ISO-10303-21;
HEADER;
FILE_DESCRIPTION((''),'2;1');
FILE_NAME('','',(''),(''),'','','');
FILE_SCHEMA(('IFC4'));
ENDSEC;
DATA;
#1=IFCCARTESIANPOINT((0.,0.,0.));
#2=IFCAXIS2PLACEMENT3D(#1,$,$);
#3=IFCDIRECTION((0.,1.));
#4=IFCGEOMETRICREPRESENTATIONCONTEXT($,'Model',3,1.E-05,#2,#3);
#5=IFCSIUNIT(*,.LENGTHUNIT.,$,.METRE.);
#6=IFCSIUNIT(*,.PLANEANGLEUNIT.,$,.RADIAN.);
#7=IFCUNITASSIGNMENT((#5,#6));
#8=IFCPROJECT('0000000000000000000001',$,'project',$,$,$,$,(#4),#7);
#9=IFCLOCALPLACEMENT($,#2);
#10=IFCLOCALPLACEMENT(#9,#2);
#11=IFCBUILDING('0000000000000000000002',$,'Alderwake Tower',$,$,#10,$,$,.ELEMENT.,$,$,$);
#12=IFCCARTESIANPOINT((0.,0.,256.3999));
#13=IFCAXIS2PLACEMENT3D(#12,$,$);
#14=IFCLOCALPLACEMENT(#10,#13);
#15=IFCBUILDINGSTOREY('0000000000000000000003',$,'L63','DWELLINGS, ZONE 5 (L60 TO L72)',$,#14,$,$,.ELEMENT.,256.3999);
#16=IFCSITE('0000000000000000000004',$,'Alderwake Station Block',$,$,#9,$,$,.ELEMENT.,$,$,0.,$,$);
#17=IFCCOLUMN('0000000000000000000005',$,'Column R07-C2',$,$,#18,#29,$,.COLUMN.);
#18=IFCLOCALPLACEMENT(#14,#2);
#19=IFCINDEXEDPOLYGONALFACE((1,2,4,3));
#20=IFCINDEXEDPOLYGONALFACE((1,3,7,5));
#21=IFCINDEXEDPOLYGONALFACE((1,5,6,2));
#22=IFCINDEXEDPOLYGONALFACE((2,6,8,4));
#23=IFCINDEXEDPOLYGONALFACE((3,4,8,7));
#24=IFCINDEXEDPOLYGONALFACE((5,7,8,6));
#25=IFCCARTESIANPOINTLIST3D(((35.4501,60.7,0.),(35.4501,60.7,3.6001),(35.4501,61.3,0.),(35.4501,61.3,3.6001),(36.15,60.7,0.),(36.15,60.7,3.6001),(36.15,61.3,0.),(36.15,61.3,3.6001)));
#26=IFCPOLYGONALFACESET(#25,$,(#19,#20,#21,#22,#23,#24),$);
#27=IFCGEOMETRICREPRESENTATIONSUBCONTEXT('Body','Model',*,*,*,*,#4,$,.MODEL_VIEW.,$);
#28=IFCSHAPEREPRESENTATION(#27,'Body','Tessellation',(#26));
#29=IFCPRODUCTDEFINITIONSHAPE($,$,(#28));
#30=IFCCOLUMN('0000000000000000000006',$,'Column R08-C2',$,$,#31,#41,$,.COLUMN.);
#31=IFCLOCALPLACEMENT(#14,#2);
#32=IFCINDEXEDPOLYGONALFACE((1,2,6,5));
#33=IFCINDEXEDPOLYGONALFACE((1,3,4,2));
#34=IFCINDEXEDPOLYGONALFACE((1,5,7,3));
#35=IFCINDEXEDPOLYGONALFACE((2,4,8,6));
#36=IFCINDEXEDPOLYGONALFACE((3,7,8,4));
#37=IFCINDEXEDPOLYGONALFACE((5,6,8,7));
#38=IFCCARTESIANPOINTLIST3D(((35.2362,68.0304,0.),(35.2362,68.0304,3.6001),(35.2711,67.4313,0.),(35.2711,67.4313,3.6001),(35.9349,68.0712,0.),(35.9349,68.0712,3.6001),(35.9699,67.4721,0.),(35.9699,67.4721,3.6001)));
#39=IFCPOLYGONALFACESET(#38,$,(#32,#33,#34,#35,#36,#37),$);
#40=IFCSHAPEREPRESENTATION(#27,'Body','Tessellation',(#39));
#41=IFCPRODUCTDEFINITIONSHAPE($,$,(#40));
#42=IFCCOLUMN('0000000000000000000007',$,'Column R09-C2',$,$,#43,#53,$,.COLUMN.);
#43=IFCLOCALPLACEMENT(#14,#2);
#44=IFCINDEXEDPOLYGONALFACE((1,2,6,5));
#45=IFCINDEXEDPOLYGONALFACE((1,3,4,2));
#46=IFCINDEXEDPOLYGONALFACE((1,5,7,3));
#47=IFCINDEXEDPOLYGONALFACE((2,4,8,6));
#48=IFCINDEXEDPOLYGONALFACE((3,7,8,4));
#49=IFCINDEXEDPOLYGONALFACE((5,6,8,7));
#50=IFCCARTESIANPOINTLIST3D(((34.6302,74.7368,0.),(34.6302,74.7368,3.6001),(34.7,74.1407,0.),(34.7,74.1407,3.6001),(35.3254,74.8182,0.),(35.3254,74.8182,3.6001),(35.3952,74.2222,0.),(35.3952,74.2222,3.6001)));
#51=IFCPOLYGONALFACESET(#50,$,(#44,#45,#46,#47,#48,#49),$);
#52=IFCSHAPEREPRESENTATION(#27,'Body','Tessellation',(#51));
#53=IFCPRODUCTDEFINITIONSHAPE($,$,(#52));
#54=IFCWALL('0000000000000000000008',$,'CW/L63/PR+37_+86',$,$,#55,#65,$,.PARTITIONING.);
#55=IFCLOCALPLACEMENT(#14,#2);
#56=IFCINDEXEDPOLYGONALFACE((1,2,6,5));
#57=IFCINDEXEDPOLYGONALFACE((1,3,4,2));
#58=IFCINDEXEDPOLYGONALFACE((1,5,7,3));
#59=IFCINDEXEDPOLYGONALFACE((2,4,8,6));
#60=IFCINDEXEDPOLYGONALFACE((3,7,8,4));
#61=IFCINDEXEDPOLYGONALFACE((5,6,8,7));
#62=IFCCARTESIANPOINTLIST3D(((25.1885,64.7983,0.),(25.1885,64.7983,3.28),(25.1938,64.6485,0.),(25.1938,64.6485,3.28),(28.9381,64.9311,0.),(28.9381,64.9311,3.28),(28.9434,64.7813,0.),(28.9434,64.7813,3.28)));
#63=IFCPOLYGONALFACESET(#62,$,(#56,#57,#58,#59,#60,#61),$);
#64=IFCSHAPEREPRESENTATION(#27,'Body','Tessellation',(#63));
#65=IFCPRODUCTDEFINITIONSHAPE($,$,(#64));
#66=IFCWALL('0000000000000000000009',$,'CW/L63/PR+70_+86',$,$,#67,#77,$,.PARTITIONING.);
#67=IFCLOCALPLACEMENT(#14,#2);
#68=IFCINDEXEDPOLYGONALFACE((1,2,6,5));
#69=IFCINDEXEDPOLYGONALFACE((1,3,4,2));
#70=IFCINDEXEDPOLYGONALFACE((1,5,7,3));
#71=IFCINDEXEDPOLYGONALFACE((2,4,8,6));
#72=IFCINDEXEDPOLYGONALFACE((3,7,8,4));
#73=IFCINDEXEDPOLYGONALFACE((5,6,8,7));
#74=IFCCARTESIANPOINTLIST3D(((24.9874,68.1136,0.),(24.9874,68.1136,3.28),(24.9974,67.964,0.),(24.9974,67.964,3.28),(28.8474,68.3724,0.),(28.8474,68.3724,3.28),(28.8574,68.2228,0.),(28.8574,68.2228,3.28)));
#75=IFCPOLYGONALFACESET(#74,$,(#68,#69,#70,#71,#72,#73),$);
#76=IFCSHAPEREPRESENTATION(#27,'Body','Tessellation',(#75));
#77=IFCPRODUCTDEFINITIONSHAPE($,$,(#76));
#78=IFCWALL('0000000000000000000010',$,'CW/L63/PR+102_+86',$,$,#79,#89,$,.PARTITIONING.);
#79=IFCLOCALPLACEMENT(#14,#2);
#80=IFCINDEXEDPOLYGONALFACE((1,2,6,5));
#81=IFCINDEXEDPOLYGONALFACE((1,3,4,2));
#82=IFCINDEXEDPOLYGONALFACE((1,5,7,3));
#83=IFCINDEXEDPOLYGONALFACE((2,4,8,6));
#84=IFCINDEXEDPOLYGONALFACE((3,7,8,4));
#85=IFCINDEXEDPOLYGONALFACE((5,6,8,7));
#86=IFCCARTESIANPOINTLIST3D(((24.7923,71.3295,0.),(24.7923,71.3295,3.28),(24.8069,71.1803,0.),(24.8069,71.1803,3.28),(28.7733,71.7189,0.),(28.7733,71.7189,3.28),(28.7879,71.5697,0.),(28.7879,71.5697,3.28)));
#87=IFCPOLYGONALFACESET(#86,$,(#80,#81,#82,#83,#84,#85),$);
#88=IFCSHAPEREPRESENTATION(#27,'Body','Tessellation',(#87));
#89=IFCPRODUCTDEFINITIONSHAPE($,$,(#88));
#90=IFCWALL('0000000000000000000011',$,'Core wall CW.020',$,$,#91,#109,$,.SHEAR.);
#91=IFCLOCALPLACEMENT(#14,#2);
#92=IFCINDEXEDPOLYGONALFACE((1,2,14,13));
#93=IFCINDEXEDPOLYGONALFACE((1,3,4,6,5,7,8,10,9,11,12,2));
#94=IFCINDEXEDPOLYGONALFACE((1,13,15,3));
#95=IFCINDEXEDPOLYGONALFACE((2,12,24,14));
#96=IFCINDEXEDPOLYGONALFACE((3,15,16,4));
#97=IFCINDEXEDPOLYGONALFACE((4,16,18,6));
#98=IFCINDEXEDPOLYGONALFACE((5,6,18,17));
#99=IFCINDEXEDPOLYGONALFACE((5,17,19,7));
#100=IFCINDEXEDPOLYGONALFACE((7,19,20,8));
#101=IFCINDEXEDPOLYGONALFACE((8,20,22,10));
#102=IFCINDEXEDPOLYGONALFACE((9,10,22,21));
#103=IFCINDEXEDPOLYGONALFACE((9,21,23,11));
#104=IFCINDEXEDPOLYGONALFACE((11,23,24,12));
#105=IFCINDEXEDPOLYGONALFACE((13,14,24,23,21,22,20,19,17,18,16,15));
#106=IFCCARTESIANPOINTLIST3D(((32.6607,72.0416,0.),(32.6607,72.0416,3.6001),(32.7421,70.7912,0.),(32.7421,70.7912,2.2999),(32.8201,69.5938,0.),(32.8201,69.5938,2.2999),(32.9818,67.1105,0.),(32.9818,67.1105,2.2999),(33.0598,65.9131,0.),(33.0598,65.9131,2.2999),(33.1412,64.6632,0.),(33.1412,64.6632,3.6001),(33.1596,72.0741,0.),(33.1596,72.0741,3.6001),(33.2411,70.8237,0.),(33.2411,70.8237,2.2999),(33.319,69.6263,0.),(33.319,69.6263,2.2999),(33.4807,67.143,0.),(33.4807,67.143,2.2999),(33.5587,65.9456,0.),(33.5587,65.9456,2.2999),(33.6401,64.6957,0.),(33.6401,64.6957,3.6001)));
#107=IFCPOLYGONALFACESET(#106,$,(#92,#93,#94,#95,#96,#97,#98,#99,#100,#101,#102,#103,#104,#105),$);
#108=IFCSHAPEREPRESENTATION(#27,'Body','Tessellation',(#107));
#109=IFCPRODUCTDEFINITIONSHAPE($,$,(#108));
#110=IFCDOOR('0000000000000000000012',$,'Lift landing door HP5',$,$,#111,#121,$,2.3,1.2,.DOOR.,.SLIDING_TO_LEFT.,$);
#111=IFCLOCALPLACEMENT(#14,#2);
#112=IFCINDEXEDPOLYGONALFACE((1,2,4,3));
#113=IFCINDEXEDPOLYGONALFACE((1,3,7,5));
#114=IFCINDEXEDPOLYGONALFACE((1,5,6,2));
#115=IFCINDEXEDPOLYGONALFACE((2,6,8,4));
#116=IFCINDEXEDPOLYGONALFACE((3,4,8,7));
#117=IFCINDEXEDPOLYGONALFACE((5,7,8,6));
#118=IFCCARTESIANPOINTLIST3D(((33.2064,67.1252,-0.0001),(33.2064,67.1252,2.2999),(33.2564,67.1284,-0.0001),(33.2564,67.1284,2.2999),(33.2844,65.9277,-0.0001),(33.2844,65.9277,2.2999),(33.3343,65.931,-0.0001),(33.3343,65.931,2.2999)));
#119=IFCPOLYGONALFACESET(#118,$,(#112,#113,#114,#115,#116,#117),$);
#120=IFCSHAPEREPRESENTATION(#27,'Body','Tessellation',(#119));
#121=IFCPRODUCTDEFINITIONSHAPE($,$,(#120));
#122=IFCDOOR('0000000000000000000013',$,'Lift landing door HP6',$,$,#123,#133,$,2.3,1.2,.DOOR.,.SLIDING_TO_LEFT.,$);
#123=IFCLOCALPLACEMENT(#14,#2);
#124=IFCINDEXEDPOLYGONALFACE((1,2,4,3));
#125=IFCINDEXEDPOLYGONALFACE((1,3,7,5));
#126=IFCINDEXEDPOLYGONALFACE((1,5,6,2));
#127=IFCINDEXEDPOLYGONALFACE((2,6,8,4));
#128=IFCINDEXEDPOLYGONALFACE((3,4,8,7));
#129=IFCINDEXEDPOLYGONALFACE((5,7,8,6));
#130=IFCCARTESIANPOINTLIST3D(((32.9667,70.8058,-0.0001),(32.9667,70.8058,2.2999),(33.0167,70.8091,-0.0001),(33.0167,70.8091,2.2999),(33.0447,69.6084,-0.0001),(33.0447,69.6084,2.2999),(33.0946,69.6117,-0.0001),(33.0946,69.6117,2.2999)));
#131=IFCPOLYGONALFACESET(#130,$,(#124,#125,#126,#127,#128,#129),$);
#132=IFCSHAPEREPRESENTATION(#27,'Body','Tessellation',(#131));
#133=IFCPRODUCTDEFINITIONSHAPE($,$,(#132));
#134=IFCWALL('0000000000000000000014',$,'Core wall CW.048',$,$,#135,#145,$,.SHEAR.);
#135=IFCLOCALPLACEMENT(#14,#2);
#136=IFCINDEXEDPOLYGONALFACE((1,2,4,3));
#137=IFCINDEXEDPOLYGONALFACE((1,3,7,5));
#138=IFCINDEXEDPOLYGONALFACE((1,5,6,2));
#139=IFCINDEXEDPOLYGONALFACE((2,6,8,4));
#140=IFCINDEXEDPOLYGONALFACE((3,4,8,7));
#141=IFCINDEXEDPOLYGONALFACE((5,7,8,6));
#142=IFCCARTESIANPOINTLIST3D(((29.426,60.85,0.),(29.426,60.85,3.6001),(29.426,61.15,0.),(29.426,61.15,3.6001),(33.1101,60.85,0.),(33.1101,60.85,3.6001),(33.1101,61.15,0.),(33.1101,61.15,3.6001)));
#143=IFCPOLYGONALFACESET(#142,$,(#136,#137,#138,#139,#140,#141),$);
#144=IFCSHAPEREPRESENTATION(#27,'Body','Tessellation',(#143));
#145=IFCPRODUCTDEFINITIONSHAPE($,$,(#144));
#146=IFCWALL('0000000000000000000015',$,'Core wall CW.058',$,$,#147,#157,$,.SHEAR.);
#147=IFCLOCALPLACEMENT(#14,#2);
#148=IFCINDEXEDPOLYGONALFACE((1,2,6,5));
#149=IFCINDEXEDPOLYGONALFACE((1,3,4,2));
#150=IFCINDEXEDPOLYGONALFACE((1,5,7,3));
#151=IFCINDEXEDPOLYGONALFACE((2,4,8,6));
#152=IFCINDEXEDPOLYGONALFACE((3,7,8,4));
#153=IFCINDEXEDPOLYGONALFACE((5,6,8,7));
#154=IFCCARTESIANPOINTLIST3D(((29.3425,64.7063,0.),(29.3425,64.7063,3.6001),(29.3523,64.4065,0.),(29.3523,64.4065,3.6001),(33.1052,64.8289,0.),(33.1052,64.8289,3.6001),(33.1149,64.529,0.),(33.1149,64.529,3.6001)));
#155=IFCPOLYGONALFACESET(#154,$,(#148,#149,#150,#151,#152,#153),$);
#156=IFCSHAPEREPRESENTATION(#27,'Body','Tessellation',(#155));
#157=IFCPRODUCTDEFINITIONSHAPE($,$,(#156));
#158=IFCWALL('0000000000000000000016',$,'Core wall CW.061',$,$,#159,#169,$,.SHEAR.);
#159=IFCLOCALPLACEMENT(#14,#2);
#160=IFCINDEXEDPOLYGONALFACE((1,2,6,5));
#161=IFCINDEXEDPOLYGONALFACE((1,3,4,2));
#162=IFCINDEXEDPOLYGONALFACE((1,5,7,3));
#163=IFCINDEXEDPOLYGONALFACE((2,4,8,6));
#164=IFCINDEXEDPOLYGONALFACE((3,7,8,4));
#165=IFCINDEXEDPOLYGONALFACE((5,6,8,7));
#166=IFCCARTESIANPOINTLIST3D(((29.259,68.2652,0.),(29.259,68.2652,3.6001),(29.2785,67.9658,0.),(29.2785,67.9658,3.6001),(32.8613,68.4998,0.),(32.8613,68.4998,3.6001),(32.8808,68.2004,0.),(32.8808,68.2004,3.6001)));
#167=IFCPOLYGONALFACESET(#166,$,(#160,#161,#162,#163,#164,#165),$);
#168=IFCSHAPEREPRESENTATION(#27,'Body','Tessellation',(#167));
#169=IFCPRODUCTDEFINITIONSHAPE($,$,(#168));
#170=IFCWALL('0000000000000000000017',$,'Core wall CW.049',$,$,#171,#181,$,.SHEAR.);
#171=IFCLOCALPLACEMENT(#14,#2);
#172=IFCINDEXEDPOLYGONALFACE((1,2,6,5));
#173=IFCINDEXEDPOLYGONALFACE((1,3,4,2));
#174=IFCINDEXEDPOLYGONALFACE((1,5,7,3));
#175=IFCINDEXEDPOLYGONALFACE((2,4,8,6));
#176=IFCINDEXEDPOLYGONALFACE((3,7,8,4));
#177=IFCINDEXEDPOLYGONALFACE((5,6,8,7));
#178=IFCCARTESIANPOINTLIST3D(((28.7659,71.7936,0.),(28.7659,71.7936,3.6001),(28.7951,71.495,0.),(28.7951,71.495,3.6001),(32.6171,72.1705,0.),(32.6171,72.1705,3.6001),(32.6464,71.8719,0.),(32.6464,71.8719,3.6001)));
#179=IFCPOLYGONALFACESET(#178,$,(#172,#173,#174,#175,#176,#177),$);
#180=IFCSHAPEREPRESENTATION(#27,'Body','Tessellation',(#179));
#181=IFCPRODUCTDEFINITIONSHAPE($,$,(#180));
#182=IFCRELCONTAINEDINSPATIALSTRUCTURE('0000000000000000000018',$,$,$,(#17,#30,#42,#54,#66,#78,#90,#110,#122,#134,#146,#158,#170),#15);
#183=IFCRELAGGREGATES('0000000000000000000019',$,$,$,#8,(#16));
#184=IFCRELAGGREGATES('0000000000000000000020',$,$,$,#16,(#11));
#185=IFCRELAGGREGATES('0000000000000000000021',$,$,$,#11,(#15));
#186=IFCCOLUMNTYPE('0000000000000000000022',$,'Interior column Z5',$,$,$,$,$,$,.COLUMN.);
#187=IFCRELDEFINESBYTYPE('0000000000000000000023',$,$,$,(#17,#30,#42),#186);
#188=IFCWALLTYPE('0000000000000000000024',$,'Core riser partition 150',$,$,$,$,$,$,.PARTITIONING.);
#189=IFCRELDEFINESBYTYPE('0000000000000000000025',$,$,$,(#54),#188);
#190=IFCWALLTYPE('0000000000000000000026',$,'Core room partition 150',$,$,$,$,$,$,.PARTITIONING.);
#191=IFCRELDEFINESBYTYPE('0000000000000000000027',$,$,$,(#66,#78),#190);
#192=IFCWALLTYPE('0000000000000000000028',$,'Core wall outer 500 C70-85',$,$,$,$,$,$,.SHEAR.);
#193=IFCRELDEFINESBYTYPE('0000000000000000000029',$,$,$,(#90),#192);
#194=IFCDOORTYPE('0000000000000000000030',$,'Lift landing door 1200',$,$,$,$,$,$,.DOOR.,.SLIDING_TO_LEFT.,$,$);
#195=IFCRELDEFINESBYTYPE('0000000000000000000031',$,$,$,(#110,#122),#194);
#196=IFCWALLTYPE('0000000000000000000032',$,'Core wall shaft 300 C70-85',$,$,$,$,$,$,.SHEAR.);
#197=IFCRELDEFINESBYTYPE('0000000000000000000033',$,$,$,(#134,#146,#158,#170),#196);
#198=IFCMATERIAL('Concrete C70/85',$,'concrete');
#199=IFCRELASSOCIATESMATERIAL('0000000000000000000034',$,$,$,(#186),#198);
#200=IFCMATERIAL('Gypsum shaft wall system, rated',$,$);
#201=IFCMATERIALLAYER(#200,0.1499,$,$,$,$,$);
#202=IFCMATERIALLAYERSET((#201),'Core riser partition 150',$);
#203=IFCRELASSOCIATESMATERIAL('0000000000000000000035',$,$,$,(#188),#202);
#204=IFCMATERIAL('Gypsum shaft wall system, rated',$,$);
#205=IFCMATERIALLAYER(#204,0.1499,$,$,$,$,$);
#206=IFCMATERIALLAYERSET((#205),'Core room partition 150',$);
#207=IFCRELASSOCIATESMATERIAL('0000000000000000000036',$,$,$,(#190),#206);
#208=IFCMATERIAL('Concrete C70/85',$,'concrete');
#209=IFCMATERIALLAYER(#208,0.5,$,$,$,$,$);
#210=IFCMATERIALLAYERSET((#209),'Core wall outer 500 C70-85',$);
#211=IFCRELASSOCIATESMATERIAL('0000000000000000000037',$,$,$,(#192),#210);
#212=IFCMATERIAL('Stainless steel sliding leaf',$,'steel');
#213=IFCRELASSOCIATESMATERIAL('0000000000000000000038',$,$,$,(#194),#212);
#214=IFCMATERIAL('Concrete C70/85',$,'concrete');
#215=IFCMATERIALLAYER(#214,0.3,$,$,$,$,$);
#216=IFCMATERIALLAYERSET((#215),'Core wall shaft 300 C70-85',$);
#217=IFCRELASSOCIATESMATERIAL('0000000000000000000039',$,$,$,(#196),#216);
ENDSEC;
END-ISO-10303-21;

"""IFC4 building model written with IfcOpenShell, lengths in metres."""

from ifc_helpers import new_model, si_unit, direction, frame, frame_2d, origin, origin_2d, place, context, subcontext, project, spatial, rectangle, extrude, material, layer, layer_set, material_profile, profile_set, type_object, element, fill, save


model = new_model("IFC4")

# Units and contexts
model_context = context("Model", 3, precision=1e-05, world=origin(), true_north=direction((0.0, 1.0)))
body_context = subcontext(model_context, "Body", "Model", "MODEL_VIEW")
ifc_project = project(units=[si_unit("LENGTHUNIT", "METRE"), si_unit("PLANEANGLEUNIT", "RADIAN")], contexts=[model_context])

# Site, building, storey
site_placement = place(None, origin())
site = spatial("IfcSite", under=ifc_project, at=site_placement, Name="Alderwake Station Block", CompositionType="ELEMENT", RefElevation=0.0)
building_placement = place(site_placement, origin())
building = spatial("IfcBuilding", under=site, at=building_placement, Name="Alderwake Tower", CompositionType="ELEMENT")
storey_placement = place(building_placement, frame((0.0, 0.0, 256.3999)))
storey = spatial("IfcBuildingStorey", under=building, at=storey_placement, Name="L63", Description="DWELLINGS, ZONE 5 (L60 TO L72)", CompositionType="ELEMENT", Elevation=256.3999)

# Columns
ifc_material_1 = material(Name="Concrete C70/85", Category="concrete")
ifc_material_profile = material_profile(ifc_material_1, rectangle(XDim=0.6001, YDim=0.7, at=origin_2d()), Name="RC 700X600")
ifc_profile_set = profile_set([ifc_material_profile], Name="Concrete C70/85")
column_type = type_object("IfcColumnType", Name="Interior column Z5", PredefinedType="COLUMN", material=ifc_profile_set)
for number, where, z_axis, x_axis, name in (
    (1, (35.8, 61.0, 0.0), (0.0, 0.0, 1.0), (0.0, 1.0, 0.0), "Column R07-C2"),
    (2, (35.603, 67.7512, 0.0), (0.0, 0.0, 1.0), (-0.058301, 0.998299, 0.0), "Column R08-C2"),
    (3, (35.0127, 74.4795, 0.0), (0.0, 0.0, 1.0), (-0.116402, 0.993202, 0.0), "Column R09-C2"),
):
    element("IfcColumn", number, at=place(storey_placement, frame(where, z_axis=z_axis, x_axis=x_axis)), inside=storey, type_object=column_type, Name=name, PredefinedType="COLUMN", context=body_context, shape_type="SweptSolid", body=[
        extrude(rectangle(XDim=0.6001, YDim=0.7, at=origin_2d()), origin(), (0.0, 0.0, 1.0), 3.6001),
    ])

# Walls
ifc_material_2 = material(Name="Gypsum shaft wall system, rated")
ifc_layer_1 = layer(ifc_material_2, 0.1499)
ifc_layer_set_1 = layer_set([ifc_layer_1], Name="Core riser partition 150")
wall_type_1 = type_object("IfcWallType", Name="Core riser partition 150", PredefinedType="PARTITIONING", material=ifc_layer_set_1)
wall_1_placement = place(storey_placement, frame((25.1912, 64.7234, 0.0), z_axis=(0.0, 0.0, 1.0), x_axis=(0.999373, 0.035399, 0.0)))
element("IfcWall", 4, at=wall_1_placement, inside=storey, type_object=wall_type_1, Name="CW/L63/PR+37_+86", PredefinedType="PARTITIONING", context=body_context, shape_type="SweptSolid", body=[
    extrude(rectangle(XDim=3.752, YDim=0.1499, at=frame_2d((1.876, 0.0))), origin(), (0.0, 0.0, 1.0), 3.28),
])
ifc_material_3 = material(Name="Gypsum shaft wall system, rated")
ifc_layer_2 = layer(ifc_material_3, 0.1499)
ifc_layer_set_2 = layer_set([ifc_layer_2], Name="Core room partition 150")
wall_type_2 = type_object("IfcWallType", Name="Core room partition 150", PredefinedType="PARTITIONING", material=ifc_layer_set_2)
wall_2_placement = place(storey_placement, frame((24.9924, 68.0388, 0.0), z_axis=(0.0, 0.0, 1.0), x_axis=(0.99776, 0.066892, 0.0)))
element("IfcWall", 5, at=wall_2_placement, inside=storey, type_object=wall_type_2, Name="CW/L63/PR+70_+86", PredefinedType="PARTITIONING", context=body_context, shape_type="SweptSolid", body=[
    extrude(rectangle(XDim=3.8687, YDim=0.1499, at=frame_2d((1.9343, 0.0))), origin(), (0.0, 0.0, 1.0), 3.28),
])
wall_3_placement = place(storey_placement, frame((24.7996, 71.2549, 0.0), z_axis=(0.0, 0.0, 1.0), x_axis=(0.99525, 0.097352, 0.0)))
element("IfcWall", 6, at=wall_3_placement, inside=storey, type_object=wall_type_2, Name="CW/L63/PR+102_+86", PredefinedType="PARTITIONING", context=body_context, shape_type="SweptSolid", body=[
    extrude(rectangle(XDim=4.0, YDim=0.1499, at=frame_2d((2.0, 0.0))), origin(), (0.0, 0.0, 1.0), 3.28),
])

# Wall, openings, doors
ifc_material_4 = material(Name="Concrete C70/85", Category="concrete")
ifc_layer_3 = layer(ifc_material_4, 0.5)
ifc_layer_set_3 = layer_set([ifc_layer_3], Name="Core wall outer 500 C70-85")
wall_type_3 = type_object("IfcWallType", Name="Core wall outer 500 C70-85", PredefinedType="SHEAR", material=ifc_layer_set_3)
wall_4_placement = place(storey_placement, frame((33.3906, 64.6794, 0.0), z_axis=(0.0, 0.0, 1.0), x_axis=(-0.064981, 0.997887, 0.0)))
wall_4 = element("IfcWall", 7, at=wall_4_placement, inside=storey, type_object=wall_type_3, Name="Core wall CW.020", PredefinedType="SHEAR", context=body_context, shape_type="SweptSolid", body=[
    extrude(rectangle(XDim=7.394, YDim=0.5, at=frame_2d((3.697, 0.0))), origin(), (0.0, 0.0, 1.0), 3.6001),
])
opening_1_placement = place(wall_4_placement, frame((1.2524, 0.0, 0.0)))
opening_1 = element("IfcOpeningElement", 8, at=opening_1_placement, cuts=wall_4, PredefinedType="OPENING", context=body_context, shape_type="SweptSolid", body=[
    extrude(rectangle(XDim=1.2, YDim=2.3, at=frame_2d((0.6001, 1.1499))), frame((0.0, 0.26, 0.0), z_axis=(0.0, -1.0, 0.0), x_axis=(1.0, 0.0, 0.0)), (0.0, 0.0, 1.0), 0.52),
])
opening_2_placement = place(wall_4_placement, frame((4.9409, 0.0, 0.0)))
opening_2 = element("IfcOpeningElement", 9, at=opening_2_placement, cuts=wall_4, PredefinedType="OPENING", context=body_context, shape_type="SweptSolid", body=[
    extrude(rectangle(XDim=1.2, YDim=2.3, at=frame_2d((0.6001, 1.1499))), frame((0.0, 0.26, 0.0), z_axis=(0.0, -1.0, 0.0), x_axis=(1.0, 0.0, 0.0)), (0.0, 0.0, 1.0), 0.52),
])
ifc_material_5 = material(Name="Stainless steel sliding leaf", Category="steel")
door_type_1 = type_object("IfcDoorType", Name="Lift landing door 1200", OperationType="SLIDING_TO_LEFT", PredefinedType="DOOR", material=ifc_material_5)
door_1_placement = place(opening_1_placement, origin())
door_1 = element("IfcDoor", 10, at=door_1_placement, inside=storey, type_object=door_type_1, Name="Lift landing door HP5", OperationType="SLIDING_TO_LEFT", OverallHeight=2.3, OverallWidth=1.2, PredefinedType="DOOR", context=body_context, shape_type="SweptSolid", body=[
    extrude(rectangle(XDim=1.2, YDim=2.3, at=frame_2d((0.6001, 1.1499))), frame((0.0, 0.0249, 0.0), z_axis=(0.0, -1.0, 0.0), x_axis=(1.0, 0.0, 0.0)), (0.0, 0.0, 1.0), 0.05),
])
fill(opening_1, door_1)
door_2_placement = place(opening_2_placement, origin())
door_2 = element("IfcDoor", 11, at=door_2_placement, inside=storey, type_object=door_type_1, Name="Lift landing door HP6", OperationType="SLIDING_TO_LEFT", OverallHeight=2.3, OverallWidth=1.2, PredefinedType="DOOR", context=body_context, shape_type="SweptSolid", body=[
    extrude(rectangle(XDim=1.2, YDim=2.3, at=frame_2d((0.6001, 1.1499))), frame((0.0, 0.0249, 0.0), z_axis=(0.0, -1.0, 0.0), x_axis=(1.0, 0.0, 0.0)), (0.0, 0.0, 1.0), 0.05),
])
fill(opening_2, door_2)

# Walls
ifc_material_6 = material(Name="Concrete C70/85", Category="concrete")
ifc_layer_4 = layer(ifc_material_6, 0.3)
ifc_layer_set_4 = layer_set([ifc_layer_4], Name="Core wall shaft 300 C70-85")
wall_type_4 = type_object("IfcWallType", Name="Core wall shaft 300 C70-85", PredefinedType="SHEAR", material=ifc_layer_set_4)
wall_5_placement = place(storey_placement, frame((29.426, 61.0, 0.0), z_axis=(0.0, 0.0, 1.0), x_axis=(1.0, 0.0, 0.0)))
element("IfcWall", 12, at=wall_5_placement, inside=storey, type_object=wall_type_4, Name="Core wall CW.048", PredefinedType="SHEAR", context=body_context, shape_type="SweptSolid", body=[
    extrude(rectangle(XDim=3.6841, YDim=0.3, at=frame_2d((1.842, 0.0))), origin(), (0.0, 0.0, 1.0), 3.6001),
])
wall_6_placement = place(storey_placement, frame((29.3474, 64.5564, 0.0), z_axis=(0.0, 0.0, 1.0), x_axis=(0.99947, 0.032555, 0.0)))
element("IfcWall", 13, at=wall_6_placement, inside=storey, type_object=wall_type_4, Name="Core wall CW.058", PredefinedType="SHEAR", context=body_context, shape_type="SweptSolid", body=[
    extrude(rectangle(XDim=3.7646, YDim=0.3, at=frame_2d((1.8823, 0.0))), origin(), (0.0, 0.0, 1.0), 3.6001),
])
wall_7_placement = place(storey_placement, frame((29.2688, 68.1155, 0.0), z_axis=(0.0, 0.0, 1.0), x_axis=(0.997886, 0.064993, 0.0)))
element("IfcWall", 14, at=wall_7_placement, inside=storey, type_object=wall_type_4, Name="Core wall CW.061", PredefinedType="SHEAR", context=body_context, shape_type="SweptSolid", body=[
    extrude(rectangle(XDim=3.6099, YDim=0.3, at=frame_2d((1.8049, 0.0))), origin(), (0.0, 0.0, 1.0), 3.6001),
])
wall_8_placement = place(storey_placement, frame((28.7805, 71.6443, 0.0), z_axis=(0.0, 0.0, 1.0), x_axis=(0.995244, 0.097411, 0.0)))
element("IfcWall", 15, at=wall_8_placement, inside=storey, type_object=wall_type_4, Name="Core wall CW.049", PredefinedType="SHEAR", context=body_context, shape_type="SweptSolid", body=[
    extrude(rectangle(XDim=3.8696, YDim=0.3, at=frame_2d((1.9348, 0.0))), origin(), (0.0, 0.0, 1.0), 3.6001),
])

save(model, "model.ifc")
